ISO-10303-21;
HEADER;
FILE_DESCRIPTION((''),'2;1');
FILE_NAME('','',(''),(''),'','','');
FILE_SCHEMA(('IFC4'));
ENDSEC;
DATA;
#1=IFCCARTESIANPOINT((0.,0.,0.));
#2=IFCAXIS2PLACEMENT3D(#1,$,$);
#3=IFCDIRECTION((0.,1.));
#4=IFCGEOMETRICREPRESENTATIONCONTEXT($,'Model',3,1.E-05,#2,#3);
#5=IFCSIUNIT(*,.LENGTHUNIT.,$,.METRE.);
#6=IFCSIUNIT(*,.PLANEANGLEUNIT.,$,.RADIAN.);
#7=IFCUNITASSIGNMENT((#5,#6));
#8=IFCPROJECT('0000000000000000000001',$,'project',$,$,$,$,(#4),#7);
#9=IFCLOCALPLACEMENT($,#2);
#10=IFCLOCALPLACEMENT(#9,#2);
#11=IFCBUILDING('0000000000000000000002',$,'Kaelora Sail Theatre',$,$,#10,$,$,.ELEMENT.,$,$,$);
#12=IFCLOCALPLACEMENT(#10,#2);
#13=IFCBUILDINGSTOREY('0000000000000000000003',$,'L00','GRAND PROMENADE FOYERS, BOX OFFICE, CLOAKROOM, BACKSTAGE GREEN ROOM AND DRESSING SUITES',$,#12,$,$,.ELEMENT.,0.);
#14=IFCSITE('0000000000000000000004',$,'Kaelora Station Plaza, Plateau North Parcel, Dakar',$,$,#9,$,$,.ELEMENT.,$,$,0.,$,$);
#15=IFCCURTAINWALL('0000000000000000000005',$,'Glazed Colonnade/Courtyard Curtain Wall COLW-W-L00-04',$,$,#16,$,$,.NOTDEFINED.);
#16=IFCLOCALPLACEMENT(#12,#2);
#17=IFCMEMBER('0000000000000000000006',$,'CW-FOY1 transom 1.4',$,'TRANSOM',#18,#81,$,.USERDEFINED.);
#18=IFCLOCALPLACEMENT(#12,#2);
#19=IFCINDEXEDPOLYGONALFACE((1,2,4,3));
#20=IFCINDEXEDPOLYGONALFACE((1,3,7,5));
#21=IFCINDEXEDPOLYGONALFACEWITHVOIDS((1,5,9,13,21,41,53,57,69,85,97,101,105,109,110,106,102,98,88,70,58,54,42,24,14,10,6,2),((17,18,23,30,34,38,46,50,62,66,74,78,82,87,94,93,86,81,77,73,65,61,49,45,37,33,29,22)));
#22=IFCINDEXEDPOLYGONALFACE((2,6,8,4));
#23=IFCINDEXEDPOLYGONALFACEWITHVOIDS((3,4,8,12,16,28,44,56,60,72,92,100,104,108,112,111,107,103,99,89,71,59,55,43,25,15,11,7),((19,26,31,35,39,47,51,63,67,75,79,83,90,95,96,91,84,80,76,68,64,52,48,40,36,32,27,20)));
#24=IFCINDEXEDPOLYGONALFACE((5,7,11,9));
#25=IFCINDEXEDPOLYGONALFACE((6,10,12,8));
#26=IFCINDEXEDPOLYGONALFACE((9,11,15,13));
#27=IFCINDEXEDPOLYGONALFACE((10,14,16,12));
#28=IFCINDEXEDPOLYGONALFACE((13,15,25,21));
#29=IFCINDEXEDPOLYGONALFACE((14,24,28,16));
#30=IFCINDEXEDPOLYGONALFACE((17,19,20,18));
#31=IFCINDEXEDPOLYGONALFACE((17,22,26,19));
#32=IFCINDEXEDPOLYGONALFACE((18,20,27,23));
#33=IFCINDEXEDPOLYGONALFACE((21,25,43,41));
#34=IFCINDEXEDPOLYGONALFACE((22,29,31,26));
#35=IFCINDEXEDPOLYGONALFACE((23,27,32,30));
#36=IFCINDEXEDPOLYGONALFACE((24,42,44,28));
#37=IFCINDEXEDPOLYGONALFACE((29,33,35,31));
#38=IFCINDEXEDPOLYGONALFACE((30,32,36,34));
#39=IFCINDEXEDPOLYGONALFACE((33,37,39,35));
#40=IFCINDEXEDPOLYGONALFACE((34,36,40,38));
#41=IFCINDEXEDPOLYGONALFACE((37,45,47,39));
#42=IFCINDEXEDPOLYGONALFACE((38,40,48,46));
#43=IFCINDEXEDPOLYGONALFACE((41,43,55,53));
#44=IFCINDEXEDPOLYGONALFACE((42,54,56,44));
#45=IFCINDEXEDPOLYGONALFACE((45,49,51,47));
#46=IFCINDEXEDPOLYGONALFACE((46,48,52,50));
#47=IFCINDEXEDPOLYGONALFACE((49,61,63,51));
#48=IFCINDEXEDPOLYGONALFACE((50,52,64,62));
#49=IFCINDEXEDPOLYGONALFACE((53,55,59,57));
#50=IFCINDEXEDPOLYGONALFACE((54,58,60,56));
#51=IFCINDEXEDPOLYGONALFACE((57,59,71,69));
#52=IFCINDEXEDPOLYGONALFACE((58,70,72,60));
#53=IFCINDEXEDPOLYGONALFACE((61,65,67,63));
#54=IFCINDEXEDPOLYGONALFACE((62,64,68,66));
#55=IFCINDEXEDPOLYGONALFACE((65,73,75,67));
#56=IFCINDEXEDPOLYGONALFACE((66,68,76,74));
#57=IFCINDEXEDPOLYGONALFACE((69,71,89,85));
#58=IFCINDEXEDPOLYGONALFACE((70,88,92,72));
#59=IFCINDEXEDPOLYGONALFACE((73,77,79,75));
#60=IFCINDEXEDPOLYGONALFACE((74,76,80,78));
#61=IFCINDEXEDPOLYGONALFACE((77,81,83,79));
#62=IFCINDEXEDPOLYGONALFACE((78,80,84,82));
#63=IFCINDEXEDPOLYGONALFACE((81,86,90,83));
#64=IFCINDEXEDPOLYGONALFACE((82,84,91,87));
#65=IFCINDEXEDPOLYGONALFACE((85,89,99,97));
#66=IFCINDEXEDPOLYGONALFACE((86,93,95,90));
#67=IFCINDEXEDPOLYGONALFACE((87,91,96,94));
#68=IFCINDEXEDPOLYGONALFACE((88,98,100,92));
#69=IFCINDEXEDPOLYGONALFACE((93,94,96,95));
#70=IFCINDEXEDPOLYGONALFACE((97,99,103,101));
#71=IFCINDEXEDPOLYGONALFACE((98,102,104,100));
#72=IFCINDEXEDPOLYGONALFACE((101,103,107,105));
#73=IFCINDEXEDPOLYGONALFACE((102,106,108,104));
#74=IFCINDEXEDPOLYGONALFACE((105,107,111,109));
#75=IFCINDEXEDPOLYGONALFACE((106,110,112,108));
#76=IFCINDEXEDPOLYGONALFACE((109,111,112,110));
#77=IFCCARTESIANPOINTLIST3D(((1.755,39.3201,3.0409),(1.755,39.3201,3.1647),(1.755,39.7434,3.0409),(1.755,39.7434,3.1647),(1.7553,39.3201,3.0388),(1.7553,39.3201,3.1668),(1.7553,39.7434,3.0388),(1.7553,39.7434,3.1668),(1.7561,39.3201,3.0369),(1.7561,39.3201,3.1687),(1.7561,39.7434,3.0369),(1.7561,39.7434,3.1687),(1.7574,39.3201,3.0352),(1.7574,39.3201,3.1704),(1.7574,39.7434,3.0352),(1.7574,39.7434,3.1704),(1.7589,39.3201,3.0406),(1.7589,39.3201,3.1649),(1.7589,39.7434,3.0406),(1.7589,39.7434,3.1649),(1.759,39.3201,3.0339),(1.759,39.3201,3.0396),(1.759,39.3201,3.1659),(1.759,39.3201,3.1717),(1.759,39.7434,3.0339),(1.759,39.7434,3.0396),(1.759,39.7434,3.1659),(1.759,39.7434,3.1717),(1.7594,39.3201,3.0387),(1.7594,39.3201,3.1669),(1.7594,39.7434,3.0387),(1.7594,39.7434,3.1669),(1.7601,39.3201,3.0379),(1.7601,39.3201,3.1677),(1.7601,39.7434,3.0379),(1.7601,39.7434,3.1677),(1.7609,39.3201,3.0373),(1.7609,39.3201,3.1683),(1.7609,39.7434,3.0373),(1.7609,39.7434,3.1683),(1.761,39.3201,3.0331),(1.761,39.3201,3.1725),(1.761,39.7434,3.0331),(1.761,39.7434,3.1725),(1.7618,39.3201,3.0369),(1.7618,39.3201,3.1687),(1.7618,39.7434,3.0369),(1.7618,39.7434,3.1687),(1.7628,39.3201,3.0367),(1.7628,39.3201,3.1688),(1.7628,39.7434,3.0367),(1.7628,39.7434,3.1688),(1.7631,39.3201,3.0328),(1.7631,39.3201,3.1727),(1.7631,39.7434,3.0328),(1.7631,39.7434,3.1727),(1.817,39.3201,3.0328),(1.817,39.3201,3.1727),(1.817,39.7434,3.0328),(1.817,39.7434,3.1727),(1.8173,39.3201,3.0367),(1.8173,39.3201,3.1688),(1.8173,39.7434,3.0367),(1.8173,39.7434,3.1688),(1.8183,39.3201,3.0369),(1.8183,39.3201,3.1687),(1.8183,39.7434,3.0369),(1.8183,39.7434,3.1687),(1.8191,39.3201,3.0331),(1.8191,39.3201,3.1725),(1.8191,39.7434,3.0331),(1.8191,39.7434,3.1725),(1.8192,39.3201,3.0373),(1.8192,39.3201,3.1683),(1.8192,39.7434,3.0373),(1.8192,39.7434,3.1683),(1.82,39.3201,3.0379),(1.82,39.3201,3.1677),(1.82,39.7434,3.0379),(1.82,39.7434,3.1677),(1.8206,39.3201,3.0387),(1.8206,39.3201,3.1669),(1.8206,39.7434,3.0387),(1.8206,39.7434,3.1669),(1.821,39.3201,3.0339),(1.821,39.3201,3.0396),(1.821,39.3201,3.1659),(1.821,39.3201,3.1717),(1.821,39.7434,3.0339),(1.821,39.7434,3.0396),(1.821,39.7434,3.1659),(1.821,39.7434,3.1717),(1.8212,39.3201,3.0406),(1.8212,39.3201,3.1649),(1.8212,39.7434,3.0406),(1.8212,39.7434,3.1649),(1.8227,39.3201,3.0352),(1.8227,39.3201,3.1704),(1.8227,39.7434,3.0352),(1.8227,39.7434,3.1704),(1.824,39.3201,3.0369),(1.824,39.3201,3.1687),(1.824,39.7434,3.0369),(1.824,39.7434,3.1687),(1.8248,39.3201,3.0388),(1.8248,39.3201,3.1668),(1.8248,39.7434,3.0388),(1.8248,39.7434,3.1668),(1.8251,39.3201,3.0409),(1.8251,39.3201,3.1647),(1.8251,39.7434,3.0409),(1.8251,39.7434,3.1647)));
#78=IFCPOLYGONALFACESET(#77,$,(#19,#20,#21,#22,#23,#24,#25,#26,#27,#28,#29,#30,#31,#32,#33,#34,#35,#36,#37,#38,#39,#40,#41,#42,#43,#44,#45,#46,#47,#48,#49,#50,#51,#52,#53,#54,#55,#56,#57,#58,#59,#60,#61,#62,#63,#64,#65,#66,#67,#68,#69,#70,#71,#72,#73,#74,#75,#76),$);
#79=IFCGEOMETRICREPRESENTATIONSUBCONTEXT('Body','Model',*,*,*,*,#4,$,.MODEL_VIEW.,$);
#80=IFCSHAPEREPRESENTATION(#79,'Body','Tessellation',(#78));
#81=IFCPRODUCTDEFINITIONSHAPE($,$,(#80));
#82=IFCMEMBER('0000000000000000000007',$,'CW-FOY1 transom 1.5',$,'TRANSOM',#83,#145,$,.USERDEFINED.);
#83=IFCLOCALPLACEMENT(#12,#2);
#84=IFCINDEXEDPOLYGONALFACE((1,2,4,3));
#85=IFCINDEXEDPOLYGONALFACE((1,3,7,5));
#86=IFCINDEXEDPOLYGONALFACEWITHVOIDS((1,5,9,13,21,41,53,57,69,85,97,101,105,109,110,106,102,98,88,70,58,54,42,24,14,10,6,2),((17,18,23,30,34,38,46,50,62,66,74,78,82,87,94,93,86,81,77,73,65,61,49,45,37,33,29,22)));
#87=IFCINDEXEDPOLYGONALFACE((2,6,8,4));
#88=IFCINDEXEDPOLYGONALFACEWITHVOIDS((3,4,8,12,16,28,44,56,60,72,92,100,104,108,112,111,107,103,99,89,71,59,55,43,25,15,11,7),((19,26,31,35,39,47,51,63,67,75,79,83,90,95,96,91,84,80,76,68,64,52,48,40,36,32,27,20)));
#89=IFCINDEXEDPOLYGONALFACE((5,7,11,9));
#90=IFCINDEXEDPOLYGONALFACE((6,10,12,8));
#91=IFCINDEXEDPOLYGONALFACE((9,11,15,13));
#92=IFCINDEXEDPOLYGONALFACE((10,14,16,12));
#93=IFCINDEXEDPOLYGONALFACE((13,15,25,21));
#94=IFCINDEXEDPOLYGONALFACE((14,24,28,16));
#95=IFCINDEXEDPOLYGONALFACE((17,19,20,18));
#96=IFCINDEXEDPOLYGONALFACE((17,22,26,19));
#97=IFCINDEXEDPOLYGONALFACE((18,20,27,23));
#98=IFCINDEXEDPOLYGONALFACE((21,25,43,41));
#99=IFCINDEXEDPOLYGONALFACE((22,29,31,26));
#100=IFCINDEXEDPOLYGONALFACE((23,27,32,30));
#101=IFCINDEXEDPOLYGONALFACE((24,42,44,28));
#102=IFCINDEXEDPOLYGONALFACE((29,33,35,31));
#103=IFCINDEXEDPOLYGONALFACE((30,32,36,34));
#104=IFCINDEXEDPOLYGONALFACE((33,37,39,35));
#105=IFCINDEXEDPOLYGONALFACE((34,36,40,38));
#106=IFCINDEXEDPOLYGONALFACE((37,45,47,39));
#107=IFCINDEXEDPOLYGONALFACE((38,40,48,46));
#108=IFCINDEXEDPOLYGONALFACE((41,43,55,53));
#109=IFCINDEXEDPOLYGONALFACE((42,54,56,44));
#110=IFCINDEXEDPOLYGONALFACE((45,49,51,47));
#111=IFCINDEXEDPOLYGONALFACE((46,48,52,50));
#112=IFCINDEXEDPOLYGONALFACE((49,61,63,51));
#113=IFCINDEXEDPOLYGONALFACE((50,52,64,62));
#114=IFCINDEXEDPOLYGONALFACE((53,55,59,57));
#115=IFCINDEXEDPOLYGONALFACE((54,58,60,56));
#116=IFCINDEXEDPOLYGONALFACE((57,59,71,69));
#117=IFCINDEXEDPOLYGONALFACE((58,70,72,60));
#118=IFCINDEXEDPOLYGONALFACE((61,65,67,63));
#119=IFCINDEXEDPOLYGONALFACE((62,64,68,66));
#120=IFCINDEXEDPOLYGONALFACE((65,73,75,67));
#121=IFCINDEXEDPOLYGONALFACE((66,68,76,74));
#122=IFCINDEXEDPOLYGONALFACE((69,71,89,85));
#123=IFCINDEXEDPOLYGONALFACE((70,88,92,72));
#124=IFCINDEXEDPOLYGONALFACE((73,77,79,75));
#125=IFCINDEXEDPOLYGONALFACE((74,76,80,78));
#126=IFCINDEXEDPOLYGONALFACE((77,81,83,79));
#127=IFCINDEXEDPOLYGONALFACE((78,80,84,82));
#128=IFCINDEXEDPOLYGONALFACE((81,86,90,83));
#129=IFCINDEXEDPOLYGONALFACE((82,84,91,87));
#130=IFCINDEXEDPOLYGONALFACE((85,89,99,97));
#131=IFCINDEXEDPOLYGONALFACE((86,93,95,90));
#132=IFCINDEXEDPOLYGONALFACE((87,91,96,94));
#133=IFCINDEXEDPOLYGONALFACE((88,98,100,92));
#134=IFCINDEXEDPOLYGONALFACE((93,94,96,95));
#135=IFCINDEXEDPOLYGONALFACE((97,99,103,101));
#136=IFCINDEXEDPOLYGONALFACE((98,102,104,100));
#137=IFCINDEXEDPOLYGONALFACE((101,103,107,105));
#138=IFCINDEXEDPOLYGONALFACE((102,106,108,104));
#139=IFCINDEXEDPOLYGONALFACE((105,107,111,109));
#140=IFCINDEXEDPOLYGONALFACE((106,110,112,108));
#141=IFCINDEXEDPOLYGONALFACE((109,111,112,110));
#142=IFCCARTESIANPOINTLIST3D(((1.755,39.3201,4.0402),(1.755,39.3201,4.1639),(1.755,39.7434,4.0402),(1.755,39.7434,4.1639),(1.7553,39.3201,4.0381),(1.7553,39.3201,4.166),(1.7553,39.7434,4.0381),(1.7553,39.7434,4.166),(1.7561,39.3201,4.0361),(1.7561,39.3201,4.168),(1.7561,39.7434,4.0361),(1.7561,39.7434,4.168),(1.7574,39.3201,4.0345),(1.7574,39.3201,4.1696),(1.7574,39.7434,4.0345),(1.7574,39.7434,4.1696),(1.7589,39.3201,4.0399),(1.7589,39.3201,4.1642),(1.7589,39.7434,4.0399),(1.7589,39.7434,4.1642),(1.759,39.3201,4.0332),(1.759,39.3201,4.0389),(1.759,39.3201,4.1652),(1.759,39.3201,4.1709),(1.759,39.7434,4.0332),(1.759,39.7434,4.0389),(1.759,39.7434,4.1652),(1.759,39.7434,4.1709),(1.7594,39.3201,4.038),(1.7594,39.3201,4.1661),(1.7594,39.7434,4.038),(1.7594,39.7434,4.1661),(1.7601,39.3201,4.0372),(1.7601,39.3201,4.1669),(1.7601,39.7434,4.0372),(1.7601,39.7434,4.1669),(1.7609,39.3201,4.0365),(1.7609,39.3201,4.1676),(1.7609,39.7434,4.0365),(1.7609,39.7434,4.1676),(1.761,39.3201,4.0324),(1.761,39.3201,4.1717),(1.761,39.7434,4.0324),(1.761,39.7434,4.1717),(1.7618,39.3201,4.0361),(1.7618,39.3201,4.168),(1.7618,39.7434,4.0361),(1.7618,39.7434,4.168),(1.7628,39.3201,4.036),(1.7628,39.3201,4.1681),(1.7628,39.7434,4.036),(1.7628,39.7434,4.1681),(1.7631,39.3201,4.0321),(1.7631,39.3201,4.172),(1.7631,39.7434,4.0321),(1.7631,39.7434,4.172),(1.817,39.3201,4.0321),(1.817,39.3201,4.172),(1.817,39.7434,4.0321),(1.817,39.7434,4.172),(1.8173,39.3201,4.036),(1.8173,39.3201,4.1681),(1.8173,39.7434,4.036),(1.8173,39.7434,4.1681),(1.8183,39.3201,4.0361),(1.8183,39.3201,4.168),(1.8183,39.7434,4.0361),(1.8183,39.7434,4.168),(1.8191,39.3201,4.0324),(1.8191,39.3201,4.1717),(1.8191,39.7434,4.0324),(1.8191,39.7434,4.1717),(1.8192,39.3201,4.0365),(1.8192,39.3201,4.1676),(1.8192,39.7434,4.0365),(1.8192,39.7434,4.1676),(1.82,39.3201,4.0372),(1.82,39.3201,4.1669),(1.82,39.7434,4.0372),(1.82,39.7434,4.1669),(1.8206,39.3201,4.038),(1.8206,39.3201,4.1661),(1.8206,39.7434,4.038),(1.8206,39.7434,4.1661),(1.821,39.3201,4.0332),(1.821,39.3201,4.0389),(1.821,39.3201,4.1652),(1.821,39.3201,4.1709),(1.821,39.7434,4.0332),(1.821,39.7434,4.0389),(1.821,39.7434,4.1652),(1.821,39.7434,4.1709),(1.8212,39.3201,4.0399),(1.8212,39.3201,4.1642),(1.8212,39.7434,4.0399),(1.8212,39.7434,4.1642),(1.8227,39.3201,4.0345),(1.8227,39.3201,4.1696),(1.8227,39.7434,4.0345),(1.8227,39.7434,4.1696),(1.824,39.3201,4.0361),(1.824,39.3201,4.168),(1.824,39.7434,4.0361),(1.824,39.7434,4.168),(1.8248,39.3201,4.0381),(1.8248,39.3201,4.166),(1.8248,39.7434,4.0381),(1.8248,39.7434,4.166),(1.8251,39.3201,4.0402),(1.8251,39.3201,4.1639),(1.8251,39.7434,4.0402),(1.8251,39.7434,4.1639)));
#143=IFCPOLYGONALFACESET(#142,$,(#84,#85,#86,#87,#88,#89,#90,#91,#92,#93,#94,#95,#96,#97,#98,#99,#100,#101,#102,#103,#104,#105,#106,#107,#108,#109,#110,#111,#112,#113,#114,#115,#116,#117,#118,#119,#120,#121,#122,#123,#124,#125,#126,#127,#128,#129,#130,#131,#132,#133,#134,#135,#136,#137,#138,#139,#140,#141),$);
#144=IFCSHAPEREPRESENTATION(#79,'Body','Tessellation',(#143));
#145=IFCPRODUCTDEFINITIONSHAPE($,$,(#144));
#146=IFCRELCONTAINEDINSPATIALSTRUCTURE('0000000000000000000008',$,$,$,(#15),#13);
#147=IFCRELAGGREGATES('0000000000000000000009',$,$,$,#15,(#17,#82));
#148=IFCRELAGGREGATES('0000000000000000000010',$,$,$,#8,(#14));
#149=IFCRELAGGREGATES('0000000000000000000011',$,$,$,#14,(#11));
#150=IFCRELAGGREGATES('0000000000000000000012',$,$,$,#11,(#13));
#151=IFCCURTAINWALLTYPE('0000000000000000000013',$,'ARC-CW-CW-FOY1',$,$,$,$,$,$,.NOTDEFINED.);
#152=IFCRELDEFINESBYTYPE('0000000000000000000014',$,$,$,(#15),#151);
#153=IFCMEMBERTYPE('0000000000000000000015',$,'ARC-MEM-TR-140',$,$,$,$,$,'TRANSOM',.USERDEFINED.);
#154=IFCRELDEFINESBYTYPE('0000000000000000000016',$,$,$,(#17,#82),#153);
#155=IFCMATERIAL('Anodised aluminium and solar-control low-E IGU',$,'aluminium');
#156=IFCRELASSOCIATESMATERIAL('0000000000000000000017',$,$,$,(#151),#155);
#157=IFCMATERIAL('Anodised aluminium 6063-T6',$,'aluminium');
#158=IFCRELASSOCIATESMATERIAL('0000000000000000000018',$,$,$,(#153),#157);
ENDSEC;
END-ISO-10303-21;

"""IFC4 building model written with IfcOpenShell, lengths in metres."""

from ifc_helpers import new_model, si_unit, direction, frame, origin, origin_2d, place, context, subcontext, project, spatial, hollow_rectangle, extrude, material, material_profile, profile_set, type_object, element, aggregate, save


model = new_model("IFC4")

# Units and contexts
model_context = context("Model", 3, precision=1e-05, world=origin(), true_north=direction((0.0, 1.0)))
body_context = subcontext(model_context, "Body", "Model", "MODEL_VIEW")
ifc_project = project(units=[si_unit("LENGTHUNIT", "METRE"), si_unit("PLANEANGLEUNIT", "RADIAN")], contexts=[model_context])

# Site, building, storey
site_placement = place(None, origin())
site = spatial("IfcSite", under=ifc_project, at=site_placement, Name="Kaelora Station Plaza, Plateau North Parcel, Dakar", CompositionType="ELEMENT", RefElevation=0.0)
building_placement = place(site_placement, origin())
building = spatial("IfcBuilding", under=site, at=building_placement, Name="Kaelora Sail Theatre", CompositionType="ELEMENT")
storey_placement = place(building_placement, origin())
storey = spatial("IfcBuildingStorey", under=building, at=storey_placement, Name="L00", Description="GRAND PROMENADE FOYERS, BOX OFFICE, CLOAKROOM, BACKSTAGE GREEN ROOM AND DRESSING SUITES", CompositionType="ELEMENT", Elevation=0.0)

# Curtain wall, members
ifc_material_1 = material(Name="Anodised aluminium and solar-control low-E IGU", Category="aluminium")
curtain_wall_type = type_object("IfcCurtainWallType", Name="ARC-CW-CW-FOY1", PredefinedType="NOTDEFINED", material=ifc_material_1)
curtain_wall_placement = place(storey_placement, origin())
curtain_wall = element("IfcCurtainWall", 1, at=curtain_wall_placement, inside=storey, type_object=curtain_wall_type, Name="Glazed Colonnade/Courtyard Curtain Wall COLW-W-L00-04", PredefinedType="NOTDEFINED")
ifc_material_2 = material(Name="Anodised aluminium 6063-T6", Category="aluminium")
ifc_material_profile_1 = material_profile(ifc_material_2, hollow_rectangle(XDim=0.0701, YDim=0.1399, WallThickness=0.0039, InnerFilletRadius=0.0039, OuterFilletRadius=0.0081, at=origin_2d()), Name="ALU-TRAN 70x140x4")
ifc_profile_set_1 = profile_set([ifc_material_profile_1], Name="Anodised aluminium 6063-T6")
member_type_1 = type_object("IfcMemberType", Name="ARC-MEM-TR-140", ElementType="TRANSOM", PredefinedType="USERDEFINED", material=ifc_profile_set_1)
member_1_placement = place(storey_placement, frame((1.79, 39.3201, 3.1028), z_axis=(0.0, 1.0, 0.0), x_axis=(-1.0, 0.0, 0.0)))
member_1 = element("IfcMember", 2, at=member_1_placement, type_object=member_type_1, Name="CW-FOY1 transom 1.4", ObjectType="TRANSOM", PredefinedType="USERDEFINED", context=body_context, shape_type="SweptSolid", body=[
    extrude(hollow_rectangle(XDim=0.0701, YDim=0.1399, WallThickness=0.0039, InnerFilletRadius=0.0039, OuterFilletRadius=0.0081, at=origin_2d()), origin(), (0.0, 0.0, 1.0), 0.4233),
])
member_2_placement = place(storey_placement, frame((1.79, 39.3201, 4.1021), z_axis=(0.0, 1.0, 0.0), x_axis=(-1.0, 0.0, 0.0)))
member_2 = element("IfcMember", 3, at=member_2_placement, type_object=member_type_1, Name="CW-FOY1 transom 1.5", ObjectType="TRANSOM", PredefinedType="USERDEFINED", context=body_context, shape_type="SweptSolid", body=[
    extrude(hollow_rectangle(XDim=0.0701, YDim=0.1399, WallThickness=0.0039, InnerFilletRadius=0.0039, OuterFilletRadius=0.0081, at=origin_2d()), origin(), (0.0, 0.0, 1.0), 0.4233),
])
aggregate(curtain_wall, [member_1, member_2])

save(model, "model.ifc")
